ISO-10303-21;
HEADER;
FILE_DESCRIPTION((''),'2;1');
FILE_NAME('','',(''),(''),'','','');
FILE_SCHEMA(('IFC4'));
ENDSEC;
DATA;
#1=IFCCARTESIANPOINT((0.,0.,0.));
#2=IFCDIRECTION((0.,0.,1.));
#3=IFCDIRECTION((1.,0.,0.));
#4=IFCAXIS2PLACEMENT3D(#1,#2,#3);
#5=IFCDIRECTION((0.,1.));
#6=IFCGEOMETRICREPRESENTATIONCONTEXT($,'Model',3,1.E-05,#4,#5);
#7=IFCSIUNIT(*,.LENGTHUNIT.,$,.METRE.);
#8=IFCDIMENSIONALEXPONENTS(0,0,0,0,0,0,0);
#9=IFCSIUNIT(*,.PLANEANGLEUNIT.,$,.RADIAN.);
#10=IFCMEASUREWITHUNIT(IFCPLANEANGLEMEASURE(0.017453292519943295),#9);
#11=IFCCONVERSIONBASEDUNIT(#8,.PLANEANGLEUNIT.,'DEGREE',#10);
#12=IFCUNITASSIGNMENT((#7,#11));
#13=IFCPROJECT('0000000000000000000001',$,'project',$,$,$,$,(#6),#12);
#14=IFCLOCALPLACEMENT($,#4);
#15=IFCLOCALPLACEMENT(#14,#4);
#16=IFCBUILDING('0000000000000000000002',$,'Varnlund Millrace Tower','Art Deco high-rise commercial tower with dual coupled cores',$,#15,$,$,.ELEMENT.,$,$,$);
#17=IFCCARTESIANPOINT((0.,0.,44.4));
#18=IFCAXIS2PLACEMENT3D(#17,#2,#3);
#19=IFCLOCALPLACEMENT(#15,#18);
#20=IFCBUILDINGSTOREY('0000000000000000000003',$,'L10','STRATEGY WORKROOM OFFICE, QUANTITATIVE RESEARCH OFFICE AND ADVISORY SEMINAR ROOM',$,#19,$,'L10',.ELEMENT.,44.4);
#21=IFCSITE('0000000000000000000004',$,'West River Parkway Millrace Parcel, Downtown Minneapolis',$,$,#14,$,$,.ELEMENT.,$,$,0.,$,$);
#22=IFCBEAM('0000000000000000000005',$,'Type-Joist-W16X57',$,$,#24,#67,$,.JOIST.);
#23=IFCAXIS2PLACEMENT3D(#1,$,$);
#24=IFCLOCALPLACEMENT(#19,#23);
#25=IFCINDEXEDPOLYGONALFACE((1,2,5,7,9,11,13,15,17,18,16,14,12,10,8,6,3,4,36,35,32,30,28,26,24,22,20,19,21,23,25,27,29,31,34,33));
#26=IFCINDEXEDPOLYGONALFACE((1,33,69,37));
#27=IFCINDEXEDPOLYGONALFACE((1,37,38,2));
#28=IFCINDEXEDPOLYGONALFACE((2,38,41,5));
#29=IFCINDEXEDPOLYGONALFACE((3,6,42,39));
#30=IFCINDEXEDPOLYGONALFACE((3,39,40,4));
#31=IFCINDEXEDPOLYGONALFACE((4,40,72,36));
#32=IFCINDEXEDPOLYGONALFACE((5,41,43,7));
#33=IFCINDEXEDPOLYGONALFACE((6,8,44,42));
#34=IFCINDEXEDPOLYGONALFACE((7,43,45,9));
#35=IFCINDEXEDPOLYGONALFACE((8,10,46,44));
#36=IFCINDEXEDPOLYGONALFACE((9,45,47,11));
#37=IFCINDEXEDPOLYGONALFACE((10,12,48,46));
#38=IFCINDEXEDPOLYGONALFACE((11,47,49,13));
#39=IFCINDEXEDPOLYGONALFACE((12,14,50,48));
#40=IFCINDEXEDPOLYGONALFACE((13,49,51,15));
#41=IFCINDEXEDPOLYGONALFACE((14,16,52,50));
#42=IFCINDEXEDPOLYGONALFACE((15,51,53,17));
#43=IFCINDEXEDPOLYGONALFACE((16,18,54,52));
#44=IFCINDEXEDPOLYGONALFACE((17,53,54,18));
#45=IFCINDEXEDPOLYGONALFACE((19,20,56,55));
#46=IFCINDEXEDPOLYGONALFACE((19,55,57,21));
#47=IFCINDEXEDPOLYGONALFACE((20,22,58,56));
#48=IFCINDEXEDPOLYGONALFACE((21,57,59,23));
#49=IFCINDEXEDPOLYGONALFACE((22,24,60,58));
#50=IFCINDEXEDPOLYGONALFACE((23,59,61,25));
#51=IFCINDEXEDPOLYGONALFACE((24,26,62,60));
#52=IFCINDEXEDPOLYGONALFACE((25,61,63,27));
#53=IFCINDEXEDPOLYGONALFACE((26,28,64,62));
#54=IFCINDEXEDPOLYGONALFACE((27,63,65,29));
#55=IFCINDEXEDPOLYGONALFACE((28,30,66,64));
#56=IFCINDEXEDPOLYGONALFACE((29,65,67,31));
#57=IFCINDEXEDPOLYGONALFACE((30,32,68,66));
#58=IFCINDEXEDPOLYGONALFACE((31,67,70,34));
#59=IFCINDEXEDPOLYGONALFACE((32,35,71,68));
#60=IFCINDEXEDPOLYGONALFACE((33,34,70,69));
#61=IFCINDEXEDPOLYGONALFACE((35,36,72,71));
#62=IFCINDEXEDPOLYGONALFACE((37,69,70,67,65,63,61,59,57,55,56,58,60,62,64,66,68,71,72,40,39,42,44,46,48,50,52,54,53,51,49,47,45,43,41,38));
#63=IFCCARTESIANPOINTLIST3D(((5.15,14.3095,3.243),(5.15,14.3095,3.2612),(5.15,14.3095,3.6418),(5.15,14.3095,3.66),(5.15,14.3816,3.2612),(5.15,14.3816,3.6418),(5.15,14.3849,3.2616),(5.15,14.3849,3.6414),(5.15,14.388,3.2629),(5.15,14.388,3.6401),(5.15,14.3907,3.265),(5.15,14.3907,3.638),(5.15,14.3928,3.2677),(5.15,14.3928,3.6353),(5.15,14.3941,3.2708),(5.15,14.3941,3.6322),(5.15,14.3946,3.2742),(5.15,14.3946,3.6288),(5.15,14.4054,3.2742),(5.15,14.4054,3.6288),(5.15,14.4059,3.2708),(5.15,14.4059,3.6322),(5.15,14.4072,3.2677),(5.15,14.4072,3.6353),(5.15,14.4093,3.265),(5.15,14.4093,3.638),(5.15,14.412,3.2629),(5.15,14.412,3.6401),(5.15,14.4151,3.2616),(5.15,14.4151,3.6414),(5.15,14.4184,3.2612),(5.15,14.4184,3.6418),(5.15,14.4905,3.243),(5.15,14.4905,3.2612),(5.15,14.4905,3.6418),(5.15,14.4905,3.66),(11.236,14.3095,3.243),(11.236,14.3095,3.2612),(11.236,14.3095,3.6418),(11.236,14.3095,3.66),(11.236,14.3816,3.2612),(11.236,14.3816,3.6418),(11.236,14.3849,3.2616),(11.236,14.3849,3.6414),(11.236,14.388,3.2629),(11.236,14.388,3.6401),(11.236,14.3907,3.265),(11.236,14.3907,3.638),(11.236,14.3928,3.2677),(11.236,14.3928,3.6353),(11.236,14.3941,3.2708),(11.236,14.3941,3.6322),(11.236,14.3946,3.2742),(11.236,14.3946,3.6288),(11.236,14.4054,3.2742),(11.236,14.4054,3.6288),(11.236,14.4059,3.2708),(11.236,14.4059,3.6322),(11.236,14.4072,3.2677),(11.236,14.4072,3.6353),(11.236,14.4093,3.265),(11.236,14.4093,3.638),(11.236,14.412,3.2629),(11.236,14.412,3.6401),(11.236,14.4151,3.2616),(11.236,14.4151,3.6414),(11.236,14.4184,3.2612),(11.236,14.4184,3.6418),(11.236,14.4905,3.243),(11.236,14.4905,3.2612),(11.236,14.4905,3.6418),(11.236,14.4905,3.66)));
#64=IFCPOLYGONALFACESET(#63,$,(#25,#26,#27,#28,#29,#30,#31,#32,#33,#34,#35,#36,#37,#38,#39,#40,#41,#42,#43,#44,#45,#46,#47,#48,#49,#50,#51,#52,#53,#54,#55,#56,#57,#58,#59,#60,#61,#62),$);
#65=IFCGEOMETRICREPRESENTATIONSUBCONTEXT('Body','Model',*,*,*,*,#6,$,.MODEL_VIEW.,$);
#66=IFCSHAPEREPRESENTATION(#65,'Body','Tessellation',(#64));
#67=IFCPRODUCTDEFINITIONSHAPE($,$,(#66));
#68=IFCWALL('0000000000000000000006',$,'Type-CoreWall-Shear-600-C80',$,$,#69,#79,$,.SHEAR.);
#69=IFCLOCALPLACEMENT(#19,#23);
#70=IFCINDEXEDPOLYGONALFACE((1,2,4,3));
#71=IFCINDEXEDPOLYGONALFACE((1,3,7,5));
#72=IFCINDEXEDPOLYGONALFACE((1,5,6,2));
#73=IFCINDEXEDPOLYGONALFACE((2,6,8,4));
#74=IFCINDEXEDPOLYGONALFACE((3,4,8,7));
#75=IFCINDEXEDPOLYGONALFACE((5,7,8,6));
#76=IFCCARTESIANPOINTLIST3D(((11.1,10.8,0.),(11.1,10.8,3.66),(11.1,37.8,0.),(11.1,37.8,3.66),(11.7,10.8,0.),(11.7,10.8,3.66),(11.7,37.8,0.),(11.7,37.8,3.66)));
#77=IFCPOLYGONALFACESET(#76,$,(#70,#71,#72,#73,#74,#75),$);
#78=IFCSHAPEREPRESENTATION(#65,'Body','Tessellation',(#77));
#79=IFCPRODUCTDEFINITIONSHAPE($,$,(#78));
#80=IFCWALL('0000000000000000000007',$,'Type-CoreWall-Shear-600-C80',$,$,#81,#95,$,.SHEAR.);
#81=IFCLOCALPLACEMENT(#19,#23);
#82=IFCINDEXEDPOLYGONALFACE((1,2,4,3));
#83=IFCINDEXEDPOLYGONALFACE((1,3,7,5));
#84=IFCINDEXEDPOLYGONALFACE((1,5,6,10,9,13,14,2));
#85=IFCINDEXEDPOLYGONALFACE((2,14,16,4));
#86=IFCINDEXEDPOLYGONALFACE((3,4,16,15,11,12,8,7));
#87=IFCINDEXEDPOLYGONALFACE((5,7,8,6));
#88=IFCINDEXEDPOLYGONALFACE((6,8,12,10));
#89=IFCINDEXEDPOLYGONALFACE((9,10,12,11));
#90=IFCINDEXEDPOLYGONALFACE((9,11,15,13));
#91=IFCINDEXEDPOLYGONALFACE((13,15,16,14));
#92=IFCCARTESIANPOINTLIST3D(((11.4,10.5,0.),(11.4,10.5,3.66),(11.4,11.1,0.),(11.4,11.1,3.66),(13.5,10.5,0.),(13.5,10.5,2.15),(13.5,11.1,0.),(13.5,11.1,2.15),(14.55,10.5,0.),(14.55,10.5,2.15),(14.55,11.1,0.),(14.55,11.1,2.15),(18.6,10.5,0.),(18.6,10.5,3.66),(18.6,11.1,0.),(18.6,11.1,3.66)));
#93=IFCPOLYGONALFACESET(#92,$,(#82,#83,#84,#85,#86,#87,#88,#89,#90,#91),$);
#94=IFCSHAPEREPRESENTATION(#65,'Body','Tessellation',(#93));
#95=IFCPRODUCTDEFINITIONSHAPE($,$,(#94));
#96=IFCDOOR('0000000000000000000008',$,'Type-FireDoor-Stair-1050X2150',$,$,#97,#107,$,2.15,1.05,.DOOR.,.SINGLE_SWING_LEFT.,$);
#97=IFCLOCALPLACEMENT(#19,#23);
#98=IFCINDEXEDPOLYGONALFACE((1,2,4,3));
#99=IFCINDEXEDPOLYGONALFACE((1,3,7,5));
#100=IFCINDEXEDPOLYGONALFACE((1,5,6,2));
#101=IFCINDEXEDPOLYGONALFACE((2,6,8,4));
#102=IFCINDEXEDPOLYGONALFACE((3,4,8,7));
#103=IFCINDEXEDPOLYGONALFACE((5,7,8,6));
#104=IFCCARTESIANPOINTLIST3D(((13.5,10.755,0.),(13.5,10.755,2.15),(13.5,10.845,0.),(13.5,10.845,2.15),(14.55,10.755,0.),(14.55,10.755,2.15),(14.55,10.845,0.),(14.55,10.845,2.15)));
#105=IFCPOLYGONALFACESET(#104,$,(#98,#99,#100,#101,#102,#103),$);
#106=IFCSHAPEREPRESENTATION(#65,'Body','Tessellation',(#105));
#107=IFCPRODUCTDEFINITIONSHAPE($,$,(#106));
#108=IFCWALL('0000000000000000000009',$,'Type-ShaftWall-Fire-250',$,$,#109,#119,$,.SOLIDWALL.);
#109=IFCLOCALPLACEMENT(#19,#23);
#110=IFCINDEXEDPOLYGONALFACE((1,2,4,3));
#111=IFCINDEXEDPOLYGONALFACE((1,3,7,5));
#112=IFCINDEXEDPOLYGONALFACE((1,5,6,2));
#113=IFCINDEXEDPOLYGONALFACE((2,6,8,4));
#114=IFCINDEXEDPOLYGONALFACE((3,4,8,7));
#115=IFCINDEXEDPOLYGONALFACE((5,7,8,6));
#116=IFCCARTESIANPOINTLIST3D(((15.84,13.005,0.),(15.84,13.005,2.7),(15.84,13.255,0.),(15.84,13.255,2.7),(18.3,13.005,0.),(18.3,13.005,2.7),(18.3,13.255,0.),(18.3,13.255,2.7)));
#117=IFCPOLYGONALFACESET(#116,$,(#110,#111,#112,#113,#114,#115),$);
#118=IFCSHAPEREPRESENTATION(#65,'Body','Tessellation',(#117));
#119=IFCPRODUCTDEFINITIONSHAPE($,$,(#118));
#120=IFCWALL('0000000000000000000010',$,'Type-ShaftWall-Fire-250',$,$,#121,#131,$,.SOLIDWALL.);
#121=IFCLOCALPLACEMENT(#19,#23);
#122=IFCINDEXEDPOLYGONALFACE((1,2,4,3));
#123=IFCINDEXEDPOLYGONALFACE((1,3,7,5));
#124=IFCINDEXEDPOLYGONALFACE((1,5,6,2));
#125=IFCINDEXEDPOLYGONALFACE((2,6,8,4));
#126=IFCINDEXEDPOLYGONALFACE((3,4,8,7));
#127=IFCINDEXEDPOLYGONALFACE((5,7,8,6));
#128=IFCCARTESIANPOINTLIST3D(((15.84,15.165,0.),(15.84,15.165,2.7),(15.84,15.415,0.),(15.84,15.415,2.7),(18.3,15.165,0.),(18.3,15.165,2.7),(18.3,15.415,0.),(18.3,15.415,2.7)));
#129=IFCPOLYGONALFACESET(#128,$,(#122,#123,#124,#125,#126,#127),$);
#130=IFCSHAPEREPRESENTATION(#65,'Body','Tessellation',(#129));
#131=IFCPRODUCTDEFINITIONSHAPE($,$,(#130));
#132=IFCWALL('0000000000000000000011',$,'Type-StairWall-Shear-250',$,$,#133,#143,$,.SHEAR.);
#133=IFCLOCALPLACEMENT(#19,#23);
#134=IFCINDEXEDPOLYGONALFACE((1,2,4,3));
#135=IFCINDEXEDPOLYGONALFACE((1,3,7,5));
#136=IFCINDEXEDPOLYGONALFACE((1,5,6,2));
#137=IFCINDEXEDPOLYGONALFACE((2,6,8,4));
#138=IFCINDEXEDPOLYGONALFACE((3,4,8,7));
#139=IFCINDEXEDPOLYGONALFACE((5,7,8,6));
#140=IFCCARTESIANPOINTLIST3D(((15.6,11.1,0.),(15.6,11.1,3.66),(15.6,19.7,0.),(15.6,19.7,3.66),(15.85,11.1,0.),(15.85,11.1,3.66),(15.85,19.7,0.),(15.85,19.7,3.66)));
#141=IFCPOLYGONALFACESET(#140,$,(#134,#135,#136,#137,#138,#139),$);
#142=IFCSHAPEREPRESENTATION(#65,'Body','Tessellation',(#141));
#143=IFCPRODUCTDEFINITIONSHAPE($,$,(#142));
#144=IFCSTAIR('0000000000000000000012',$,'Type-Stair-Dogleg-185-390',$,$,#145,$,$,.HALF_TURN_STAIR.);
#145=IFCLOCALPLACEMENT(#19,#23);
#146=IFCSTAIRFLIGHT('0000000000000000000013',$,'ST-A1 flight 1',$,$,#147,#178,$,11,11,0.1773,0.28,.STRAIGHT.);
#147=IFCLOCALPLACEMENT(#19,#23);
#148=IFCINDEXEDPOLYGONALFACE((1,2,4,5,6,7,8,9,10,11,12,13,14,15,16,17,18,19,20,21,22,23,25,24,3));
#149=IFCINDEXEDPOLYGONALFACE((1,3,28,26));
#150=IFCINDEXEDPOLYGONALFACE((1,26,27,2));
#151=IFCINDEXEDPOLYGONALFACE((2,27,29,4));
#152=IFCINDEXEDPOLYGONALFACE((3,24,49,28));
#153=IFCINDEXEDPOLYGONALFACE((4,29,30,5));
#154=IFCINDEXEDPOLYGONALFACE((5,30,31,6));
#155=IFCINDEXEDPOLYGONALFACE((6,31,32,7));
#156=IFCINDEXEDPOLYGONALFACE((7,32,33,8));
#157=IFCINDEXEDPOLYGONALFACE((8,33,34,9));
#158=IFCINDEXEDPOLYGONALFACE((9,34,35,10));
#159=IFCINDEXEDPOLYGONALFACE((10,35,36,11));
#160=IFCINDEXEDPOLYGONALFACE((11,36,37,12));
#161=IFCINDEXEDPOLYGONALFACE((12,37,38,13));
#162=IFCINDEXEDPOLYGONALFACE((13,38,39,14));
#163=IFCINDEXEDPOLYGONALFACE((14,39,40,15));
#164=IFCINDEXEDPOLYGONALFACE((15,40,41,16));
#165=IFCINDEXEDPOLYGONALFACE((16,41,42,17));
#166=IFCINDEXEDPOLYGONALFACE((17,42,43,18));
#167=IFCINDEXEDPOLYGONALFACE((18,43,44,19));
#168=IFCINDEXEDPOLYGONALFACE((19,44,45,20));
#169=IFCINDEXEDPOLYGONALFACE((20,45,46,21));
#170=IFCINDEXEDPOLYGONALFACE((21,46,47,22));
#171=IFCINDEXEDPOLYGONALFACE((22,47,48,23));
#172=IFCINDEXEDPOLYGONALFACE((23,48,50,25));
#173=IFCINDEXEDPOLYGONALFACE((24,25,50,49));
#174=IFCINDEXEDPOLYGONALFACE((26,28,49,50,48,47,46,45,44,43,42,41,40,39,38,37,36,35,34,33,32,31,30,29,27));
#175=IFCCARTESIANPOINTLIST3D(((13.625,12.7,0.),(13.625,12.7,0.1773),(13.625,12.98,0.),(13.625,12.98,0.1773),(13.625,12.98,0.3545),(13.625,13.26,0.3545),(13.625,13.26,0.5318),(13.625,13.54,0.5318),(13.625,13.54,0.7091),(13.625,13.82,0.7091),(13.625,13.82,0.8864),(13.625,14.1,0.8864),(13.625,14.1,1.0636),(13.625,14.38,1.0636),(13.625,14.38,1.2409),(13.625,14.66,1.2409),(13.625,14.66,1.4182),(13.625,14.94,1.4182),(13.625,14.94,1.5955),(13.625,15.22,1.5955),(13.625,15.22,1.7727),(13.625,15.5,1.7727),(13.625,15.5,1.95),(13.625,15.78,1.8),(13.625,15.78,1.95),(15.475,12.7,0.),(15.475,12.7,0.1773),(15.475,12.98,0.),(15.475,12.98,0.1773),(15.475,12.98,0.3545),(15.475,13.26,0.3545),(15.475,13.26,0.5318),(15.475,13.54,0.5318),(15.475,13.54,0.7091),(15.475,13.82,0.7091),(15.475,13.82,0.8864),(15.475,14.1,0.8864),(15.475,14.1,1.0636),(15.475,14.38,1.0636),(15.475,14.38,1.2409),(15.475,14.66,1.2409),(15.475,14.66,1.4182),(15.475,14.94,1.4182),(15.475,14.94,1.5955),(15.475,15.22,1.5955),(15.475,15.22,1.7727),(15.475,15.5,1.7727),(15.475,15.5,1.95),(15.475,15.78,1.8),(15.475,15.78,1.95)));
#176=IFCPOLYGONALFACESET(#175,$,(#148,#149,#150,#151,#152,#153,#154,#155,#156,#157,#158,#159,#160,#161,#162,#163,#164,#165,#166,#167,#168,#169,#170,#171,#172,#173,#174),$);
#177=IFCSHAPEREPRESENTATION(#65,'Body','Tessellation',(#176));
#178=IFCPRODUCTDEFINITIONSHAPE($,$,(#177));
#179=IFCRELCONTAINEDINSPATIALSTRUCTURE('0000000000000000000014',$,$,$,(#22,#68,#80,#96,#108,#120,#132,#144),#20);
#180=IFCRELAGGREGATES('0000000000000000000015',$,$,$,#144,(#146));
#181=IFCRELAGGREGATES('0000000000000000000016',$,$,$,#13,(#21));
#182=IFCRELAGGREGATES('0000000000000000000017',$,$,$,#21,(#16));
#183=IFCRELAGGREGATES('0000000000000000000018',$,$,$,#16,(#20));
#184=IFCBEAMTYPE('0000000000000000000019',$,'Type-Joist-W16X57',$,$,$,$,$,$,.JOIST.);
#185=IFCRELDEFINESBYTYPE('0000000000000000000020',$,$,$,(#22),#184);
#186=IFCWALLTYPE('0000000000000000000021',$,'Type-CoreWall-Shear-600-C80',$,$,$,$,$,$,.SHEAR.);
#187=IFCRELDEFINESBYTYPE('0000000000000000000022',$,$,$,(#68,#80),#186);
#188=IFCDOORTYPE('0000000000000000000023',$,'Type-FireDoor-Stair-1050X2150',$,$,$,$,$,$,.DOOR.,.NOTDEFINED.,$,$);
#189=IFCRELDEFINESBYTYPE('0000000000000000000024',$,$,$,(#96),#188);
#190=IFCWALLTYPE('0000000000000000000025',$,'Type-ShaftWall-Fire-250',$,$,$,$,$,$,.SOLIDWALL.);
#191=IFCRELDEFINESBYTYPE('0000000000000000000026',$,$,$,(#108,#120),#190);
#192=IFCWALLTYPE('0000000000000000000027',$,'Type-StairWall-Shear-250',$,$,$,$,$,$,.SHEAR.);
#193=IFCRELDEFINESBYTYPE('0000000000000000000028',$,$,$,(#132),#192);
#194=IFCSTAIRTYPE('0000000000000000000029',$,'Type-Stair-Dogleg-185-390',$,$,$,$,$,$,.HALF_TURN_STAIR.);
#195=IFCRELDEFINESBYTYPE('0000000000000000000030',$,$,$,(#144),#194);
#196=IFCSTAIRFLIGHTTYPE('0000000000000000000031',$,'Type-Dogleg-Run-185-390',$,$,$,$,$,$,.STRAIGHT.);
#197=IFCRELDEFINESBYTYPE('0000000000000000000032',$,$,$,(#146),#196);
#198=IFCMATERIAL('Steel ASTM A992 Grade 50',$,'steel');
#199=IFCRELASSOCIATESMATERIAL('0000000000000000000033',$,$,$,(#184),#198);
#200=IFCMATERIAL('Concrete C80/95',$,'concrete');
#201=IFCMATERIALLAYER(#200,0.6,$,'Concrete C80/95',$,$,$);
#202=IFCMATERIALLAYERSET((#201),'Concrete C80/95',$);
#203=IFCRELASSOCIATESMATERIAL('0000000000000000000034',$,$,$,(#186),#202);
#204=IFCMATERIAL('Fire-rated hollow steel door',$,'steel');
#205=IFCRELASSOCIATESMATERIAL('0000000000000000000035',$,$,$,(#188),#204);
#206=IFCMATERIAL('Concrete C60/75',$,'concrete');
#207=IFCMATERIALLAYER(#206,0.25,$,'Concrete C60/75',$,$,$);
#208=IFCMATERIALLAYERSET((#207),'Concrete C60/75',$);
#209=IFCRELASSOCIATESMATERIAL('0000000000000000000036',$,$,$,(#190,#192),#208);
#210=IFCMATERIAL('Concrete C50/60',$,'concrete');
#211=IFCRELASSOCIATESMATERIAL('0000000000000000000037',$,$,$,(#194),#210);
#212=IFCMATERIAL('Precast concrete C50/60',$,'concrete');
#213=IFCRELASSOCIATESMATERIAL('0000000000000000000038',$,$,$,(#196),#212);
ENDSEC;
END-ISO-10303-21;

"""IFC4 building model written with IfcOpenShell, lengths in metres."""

from ifc_helpers import new_model, entity, si_unit, converted_unit, direction, frame, origin_with_axes, origin_2d_with_axis, place, context, subcontext, project, spatial, polyline, rectangle, i_section, outline, extrude, material, layer, layer_set, material_profile, profile_set, type_object, element, fill, aggregate, save


model = new_model("IFC4")

# Units and contexts
model_context = context("Model", 3, precision=1e-05, world=origin_with_axes(), true_north=direction((0.0, 1.0)))
body_context = subcontext(model_context, "Body", "Model", "MODEL_VIEW")
ifc_project = project(units=[si_unit("LENGTHUNIT", "METRE"), converted_unit("PLANEANGLEUNIT", "DEGREE", entity("IfcPlaneAngleMeasure", 0.017453292519943295), si_unit("PLANEANGLEUNIT", "RADIAN"), dimensions=[0, 0, 0, 0, 0, 0, 0])], contexts=[model_context])

# Site, building, storey
site_placement = place(None, origin_with_axes())
site = spatial("IfcSite", under=ifc_project, at=site_placement, Name="West River Parkway Millrace Parcel, Downtown Minneapolis", CompositionType="ELEMENT", RefElevation=0.0)
building_placement = place(site_placement, origin_with_axes())
building = spatial("IfcBuilding", under=site, at=building_placement, Name="Varnlund Millrace Tower", Description="Art Deco high-rise commercial tower with dual coupled cores", CompositionType="ELEMENT")
storey_placement = place(building_placement, frame((0.0, 0.0, 44.4), z_axis=(0.0, 0.0, 1.0), x_axis=(1.0, 0.0, 0.0)))
storey = spatial("IfcBuildingStorey", under=building, at=storey_placement, Name="L10", Description="STRATEGY WORKROOM OFFICE, QUANTITATIVE RESEARCH OFFICE AND ADVISORY SEMINAR ROOM", LongName="L10", CompositionType="ELEMENT", Elevation=44.4)

# Shared definitions
ifc_material_1 = material(Name="Concrete C80/95", Category="concrete")

# Beam
ifc_material_2 = material(Name="Steel ASTM A992 Grade 50", Category="steel")
ifc_material_profile_1 = material_profile(ifc_material_2, i_section(OverallWidth=0.181, OverallDepth=0.417, WebThickness=0.0109, FlangeThickness=0.0182, FilletRadius=0.013, at=origin_2d_with_axis()), Name="Steel ASTM A992 Grade 50")
ifc_profile_set_1 = profile_set([ifc_material_profile_1], Name="Steel ASTM A992 Grade 50")
beam_type_1 = type_object("IfcBeamType", Name="Type-Joist-W16X57", PredefinedType="JOIST", material=ifc_profile_set_1)
for number, where, z_axis, x_axis, name in (
    (1, (5.15, 14.4, 3.4515), (1.0, 0.0, 0.0), (0.0, 1.0, 0.0), "Type-Joist-W16X57"),
):
    element("IfcBeam", number, at=place(storey_placement, frame(where, z_axis=z_axis, x_axis=x_axis)), inside=storey, type_object=beam_type_1, Name=name, PredefinedType="JOIST", context=body_context, shape_type="SweptSolid", body=[
        extrude(i_section(OverallWidth=0.181, OverallDepth=0.417, WebThickness=0.0109, FlangeThickness=0.0182, FilletRadius=0.013, at=origin_2d_with_axis()), origin_with_axes(), (0.0, 0.0, 1.0), 6.086),
    ])

# Wall
ifc_layer_1 = layer(ifc_material_1, 0.6, Name="Concrete C80/95")
ifc_layer_set_1 = layer_set([ifc_layer_1], Name="Concrete C80/95")
wall_type_1 = type_object("IfcWallType", Name="Type-CoreWall-Shear-600-C80", PredefinedType="SHEAR", material=ifc_layer_set_1)
wall_1_placement = place(storey_placement, frame((11.4, 10.8, 0.0), z_axis=(0.0, 0.0, 1.0), x_axis=(0.0, 1.0, 0.0)))
element("IfcWall", 2, at=wall_1_placement, inside=storey, type_object=wall_type_1, Name="Type-CoreWall-Shear-600-C80", PredefinedType="SHEAR", context=body_context, shape_type="SweptSolid", body=[
    extrude(outline(polyline([(0.0, -0.3), (27.0, -0.3), (27.0, 0.3), (0.0, 0.3), (0.0, -0.3)])), origin_with_axes(), (0.0, 0.0, 1.0), 3.66),
])

# Wall, opening, door
wall_2_placement = place(storey_placement, frame((11.4, 10.8, 0.0), z_axis=(0.0, 0.0, 1.0), x_axis=(1.0, 0.0, 0.0)))
wall_2 = element("IfcWall", 3, at=wall_2_placement, inside=storey, type_object=wall_type_1, Name="Type-CoreWall-Shear-600-C80", PredefinedType="SHEAR", context=body_context, shape_type="SweptSolid", body=[
    extrude(outline(polyline([(0.0, -0.3), (7.2, -0.3), (7.2, 0.3), (0.0, 0.3), (0.0, -0.3)])), origin_with_axes(), (0.0, 0.0, 1.0), 3.66),
])
opening_1_placement = place(wall_2_placement, frame((2.625, 0.0, 0.0), z_axis=(0.0, 0.0, 1.0), x_axis=(1.0, 0.0, 0.0)))
opening_1 = element("IfcOpeningElement", 4, at=opening_1_placement, cuts=wall_2, PredefinedType="OPENING", context=body_context, shape_type="SweptSolid", body=[
    extrude(rectangle(XDim=1.05, YDim=0.62, at=origin_2d_with_axis()), origin_with_axes(), (0.0, 0.0, 1.0), 2.15),
])
ifc_material_3 = material(Name="Fire-rated hollow steel door", Category="steel")
door_type_1 = type_object("IfcDoorType", Name="Type-FireDoor-Stair-1050X2150", OperationType="NOTDEFINED", PredefinedType="DOOR", material=ifc_material_3)
door_1_placement = place(wall_2_placement, frame((2.625, 0.0, 0.0), z_axis=(0.0, 0.0, 1.0), x_axis=(1.0, 0.0, 0.0)))
door_1 = element("IfcDoor", 5, at=door_1_placement, inside=storey, type_object=door_type_1, Name="Type-FireDoor-Stair-1050X2150", OperationType="SINGLE_SWING_LEFT", OverallHeight=2.15, OverallWidth=1.05, PredefinedType="DOOR", context=body_context, shape_type="SweptSolid", body=[
    extrude(rectangle(XDim=1.05, YDim=0.09, at=origin_2d_with_axis()), origin_with_axes(), (0.0, 0.0, 1.0), 2.15),
])
fill(opening_1, door_1)

# Walls
ifc_material_4 = material(Name="Concrete C60/75", Category="concrete")
ifc_layer_2 = layer(ifc_material_4, 0.25, Name="Concrete C60/75")
ifc_layer_set_2 = layer_set([ifc_layer_2], Name="Concrete C60/75")
wall_type_2 = type_object("IfcWallType", Name="Type-ShaftWall-Fire-250", PredefinedType="SOLIDWALL", material=ifc_layer_set_2)
for number, where, z_axis, x_axis, name in (
    (6, (15.84, 13.13, 0.0), (0.0, 0.0, 1.0), (1.0, 0.0, 0.0), "Type-ShaftWall-Fire-250"),
    (7, (15.84, 15.29, 0.0), (0.0, 0.0, 1.0), (1.0, 0.0, 0.0), "Type-ShaftWall-Fire-250"),
):
    element("IfcWall", number, at=place(storey_placement, frame(where, z_axis=z_axis, x_axis=x_axis)), inside=storey, type_object=wall_type_2, Name=name, PredefinedType="SOLIDWALL", context=body_context, shape_type="SweptSolid", body=[
        extrude(outline(polyline([(0.0, -0.125), (2.46, -0.125), (2.46, 0.125), (0.0, 0.125), (0.0, -0.125)])), origin_with_axes(), (0.0, 0.0, 1.0), 2.7),
    ])
wall_type_3 = type_object("IfcWallType", Name="Type-StairWall-Shear-250", PredefinedType="SHEAR", material=ifc_layer_set_2)
wall_3_placement = place(storey_placement, frame((15.725, 11.1, 0.0), z_axis=(0.0, 0.0, 1.0), x_axis=(0.0, 1.0, 0.0)))
element("IfcWall", 8, at=wall_3_placement, inside=storey, type_object=wall_type_3, Name="Type-StairWall-Shear-250", PredefinedType="SHEAR", context=body_context, shape_type="SweptSolid", body=[
    extrude(outline(polyline([(0.0, -0.125), (8.6, -0.125), (8.6, 0.125), (0.0, 0.125), (0.0, -0.125)])), origin_with_axes(), (0.0, 0.0, 1.0), 3.66),
])

# Stair, stair flight
ifc_material_5 = material(Name="Concrete C50/60", Category="concrete")
stair_type = type_object("IfcStairType", Name="Type-Stair-Dogleg-185-390", PredefinedType="HALF_TURN_STAIR", material=ifc_material_5)
stair_placement = place(storey_placement, origin_with_axes())
stair = element("IfcStair", 9, at=stair_placement, inside=storey, type_object=stair_type, Name="Type-Stair-Dogleg-185-390", PredefinedType="HALF_TURN_STAIR")
ifc_material_6 = material(Name="Precast concrete C50/60", Category="concrete")
stair_flight_type = type_object("IfcStairFlightType", Name="Type-Dogleg-Run-185-390", PredefinedType="STRAIGHT", material=ifc_material_6)
stair_flight_placement = place(storey_placement, frame((13.625, 12.7, 0.0), z_axis=(1.0, 0.0, 0.0), x_axis=(0.0, 1.0, 0.0)))
stair_flight = element("IfcStairFlight", 10, at=stair_flight_placement, type_object=stair_flight_type, Name="ST-A1 flight 1", NumberOfRisers=11, NumberOfTreads=11, PredefinedType="STRAIGHT", RiserHeight=0.1773, TreadLength=0.28, context=body_context, shape_type="SweptSolid", body=[
    extrude(outline(polyline([(0.0, 0.0), (0.0, 0.1773), (0.28, 0.1773), (0.28, 0.3545), (0.56, 0.3545), (0.56, 0.5318), (0.84, 0.5318), (0.84, 0.7091), (1.12, 0.7091), (1.12, 0.8864), (1.4, 0.8864), (1.4, 1.0636), (1.68, 1.0636), (1.68, 1.2409), (1.96, 1.2409), (1.96, 1.4182), (2.24, 1.4182), (2.24, 1.5955), (2.52, 1.5955), (2.52, 1.7727), (2.8, 1.7727), (2.8, 1.95), (3.08, 1.95), (3.08, 1.8), (0.28, 0.0), (0.0, 0.0)])), origin_with_axes(), (0.0, 0.0, 1.0), 1.85),
])
aggregate(stair, [stair_flight])

save(model, "model.ifc")
